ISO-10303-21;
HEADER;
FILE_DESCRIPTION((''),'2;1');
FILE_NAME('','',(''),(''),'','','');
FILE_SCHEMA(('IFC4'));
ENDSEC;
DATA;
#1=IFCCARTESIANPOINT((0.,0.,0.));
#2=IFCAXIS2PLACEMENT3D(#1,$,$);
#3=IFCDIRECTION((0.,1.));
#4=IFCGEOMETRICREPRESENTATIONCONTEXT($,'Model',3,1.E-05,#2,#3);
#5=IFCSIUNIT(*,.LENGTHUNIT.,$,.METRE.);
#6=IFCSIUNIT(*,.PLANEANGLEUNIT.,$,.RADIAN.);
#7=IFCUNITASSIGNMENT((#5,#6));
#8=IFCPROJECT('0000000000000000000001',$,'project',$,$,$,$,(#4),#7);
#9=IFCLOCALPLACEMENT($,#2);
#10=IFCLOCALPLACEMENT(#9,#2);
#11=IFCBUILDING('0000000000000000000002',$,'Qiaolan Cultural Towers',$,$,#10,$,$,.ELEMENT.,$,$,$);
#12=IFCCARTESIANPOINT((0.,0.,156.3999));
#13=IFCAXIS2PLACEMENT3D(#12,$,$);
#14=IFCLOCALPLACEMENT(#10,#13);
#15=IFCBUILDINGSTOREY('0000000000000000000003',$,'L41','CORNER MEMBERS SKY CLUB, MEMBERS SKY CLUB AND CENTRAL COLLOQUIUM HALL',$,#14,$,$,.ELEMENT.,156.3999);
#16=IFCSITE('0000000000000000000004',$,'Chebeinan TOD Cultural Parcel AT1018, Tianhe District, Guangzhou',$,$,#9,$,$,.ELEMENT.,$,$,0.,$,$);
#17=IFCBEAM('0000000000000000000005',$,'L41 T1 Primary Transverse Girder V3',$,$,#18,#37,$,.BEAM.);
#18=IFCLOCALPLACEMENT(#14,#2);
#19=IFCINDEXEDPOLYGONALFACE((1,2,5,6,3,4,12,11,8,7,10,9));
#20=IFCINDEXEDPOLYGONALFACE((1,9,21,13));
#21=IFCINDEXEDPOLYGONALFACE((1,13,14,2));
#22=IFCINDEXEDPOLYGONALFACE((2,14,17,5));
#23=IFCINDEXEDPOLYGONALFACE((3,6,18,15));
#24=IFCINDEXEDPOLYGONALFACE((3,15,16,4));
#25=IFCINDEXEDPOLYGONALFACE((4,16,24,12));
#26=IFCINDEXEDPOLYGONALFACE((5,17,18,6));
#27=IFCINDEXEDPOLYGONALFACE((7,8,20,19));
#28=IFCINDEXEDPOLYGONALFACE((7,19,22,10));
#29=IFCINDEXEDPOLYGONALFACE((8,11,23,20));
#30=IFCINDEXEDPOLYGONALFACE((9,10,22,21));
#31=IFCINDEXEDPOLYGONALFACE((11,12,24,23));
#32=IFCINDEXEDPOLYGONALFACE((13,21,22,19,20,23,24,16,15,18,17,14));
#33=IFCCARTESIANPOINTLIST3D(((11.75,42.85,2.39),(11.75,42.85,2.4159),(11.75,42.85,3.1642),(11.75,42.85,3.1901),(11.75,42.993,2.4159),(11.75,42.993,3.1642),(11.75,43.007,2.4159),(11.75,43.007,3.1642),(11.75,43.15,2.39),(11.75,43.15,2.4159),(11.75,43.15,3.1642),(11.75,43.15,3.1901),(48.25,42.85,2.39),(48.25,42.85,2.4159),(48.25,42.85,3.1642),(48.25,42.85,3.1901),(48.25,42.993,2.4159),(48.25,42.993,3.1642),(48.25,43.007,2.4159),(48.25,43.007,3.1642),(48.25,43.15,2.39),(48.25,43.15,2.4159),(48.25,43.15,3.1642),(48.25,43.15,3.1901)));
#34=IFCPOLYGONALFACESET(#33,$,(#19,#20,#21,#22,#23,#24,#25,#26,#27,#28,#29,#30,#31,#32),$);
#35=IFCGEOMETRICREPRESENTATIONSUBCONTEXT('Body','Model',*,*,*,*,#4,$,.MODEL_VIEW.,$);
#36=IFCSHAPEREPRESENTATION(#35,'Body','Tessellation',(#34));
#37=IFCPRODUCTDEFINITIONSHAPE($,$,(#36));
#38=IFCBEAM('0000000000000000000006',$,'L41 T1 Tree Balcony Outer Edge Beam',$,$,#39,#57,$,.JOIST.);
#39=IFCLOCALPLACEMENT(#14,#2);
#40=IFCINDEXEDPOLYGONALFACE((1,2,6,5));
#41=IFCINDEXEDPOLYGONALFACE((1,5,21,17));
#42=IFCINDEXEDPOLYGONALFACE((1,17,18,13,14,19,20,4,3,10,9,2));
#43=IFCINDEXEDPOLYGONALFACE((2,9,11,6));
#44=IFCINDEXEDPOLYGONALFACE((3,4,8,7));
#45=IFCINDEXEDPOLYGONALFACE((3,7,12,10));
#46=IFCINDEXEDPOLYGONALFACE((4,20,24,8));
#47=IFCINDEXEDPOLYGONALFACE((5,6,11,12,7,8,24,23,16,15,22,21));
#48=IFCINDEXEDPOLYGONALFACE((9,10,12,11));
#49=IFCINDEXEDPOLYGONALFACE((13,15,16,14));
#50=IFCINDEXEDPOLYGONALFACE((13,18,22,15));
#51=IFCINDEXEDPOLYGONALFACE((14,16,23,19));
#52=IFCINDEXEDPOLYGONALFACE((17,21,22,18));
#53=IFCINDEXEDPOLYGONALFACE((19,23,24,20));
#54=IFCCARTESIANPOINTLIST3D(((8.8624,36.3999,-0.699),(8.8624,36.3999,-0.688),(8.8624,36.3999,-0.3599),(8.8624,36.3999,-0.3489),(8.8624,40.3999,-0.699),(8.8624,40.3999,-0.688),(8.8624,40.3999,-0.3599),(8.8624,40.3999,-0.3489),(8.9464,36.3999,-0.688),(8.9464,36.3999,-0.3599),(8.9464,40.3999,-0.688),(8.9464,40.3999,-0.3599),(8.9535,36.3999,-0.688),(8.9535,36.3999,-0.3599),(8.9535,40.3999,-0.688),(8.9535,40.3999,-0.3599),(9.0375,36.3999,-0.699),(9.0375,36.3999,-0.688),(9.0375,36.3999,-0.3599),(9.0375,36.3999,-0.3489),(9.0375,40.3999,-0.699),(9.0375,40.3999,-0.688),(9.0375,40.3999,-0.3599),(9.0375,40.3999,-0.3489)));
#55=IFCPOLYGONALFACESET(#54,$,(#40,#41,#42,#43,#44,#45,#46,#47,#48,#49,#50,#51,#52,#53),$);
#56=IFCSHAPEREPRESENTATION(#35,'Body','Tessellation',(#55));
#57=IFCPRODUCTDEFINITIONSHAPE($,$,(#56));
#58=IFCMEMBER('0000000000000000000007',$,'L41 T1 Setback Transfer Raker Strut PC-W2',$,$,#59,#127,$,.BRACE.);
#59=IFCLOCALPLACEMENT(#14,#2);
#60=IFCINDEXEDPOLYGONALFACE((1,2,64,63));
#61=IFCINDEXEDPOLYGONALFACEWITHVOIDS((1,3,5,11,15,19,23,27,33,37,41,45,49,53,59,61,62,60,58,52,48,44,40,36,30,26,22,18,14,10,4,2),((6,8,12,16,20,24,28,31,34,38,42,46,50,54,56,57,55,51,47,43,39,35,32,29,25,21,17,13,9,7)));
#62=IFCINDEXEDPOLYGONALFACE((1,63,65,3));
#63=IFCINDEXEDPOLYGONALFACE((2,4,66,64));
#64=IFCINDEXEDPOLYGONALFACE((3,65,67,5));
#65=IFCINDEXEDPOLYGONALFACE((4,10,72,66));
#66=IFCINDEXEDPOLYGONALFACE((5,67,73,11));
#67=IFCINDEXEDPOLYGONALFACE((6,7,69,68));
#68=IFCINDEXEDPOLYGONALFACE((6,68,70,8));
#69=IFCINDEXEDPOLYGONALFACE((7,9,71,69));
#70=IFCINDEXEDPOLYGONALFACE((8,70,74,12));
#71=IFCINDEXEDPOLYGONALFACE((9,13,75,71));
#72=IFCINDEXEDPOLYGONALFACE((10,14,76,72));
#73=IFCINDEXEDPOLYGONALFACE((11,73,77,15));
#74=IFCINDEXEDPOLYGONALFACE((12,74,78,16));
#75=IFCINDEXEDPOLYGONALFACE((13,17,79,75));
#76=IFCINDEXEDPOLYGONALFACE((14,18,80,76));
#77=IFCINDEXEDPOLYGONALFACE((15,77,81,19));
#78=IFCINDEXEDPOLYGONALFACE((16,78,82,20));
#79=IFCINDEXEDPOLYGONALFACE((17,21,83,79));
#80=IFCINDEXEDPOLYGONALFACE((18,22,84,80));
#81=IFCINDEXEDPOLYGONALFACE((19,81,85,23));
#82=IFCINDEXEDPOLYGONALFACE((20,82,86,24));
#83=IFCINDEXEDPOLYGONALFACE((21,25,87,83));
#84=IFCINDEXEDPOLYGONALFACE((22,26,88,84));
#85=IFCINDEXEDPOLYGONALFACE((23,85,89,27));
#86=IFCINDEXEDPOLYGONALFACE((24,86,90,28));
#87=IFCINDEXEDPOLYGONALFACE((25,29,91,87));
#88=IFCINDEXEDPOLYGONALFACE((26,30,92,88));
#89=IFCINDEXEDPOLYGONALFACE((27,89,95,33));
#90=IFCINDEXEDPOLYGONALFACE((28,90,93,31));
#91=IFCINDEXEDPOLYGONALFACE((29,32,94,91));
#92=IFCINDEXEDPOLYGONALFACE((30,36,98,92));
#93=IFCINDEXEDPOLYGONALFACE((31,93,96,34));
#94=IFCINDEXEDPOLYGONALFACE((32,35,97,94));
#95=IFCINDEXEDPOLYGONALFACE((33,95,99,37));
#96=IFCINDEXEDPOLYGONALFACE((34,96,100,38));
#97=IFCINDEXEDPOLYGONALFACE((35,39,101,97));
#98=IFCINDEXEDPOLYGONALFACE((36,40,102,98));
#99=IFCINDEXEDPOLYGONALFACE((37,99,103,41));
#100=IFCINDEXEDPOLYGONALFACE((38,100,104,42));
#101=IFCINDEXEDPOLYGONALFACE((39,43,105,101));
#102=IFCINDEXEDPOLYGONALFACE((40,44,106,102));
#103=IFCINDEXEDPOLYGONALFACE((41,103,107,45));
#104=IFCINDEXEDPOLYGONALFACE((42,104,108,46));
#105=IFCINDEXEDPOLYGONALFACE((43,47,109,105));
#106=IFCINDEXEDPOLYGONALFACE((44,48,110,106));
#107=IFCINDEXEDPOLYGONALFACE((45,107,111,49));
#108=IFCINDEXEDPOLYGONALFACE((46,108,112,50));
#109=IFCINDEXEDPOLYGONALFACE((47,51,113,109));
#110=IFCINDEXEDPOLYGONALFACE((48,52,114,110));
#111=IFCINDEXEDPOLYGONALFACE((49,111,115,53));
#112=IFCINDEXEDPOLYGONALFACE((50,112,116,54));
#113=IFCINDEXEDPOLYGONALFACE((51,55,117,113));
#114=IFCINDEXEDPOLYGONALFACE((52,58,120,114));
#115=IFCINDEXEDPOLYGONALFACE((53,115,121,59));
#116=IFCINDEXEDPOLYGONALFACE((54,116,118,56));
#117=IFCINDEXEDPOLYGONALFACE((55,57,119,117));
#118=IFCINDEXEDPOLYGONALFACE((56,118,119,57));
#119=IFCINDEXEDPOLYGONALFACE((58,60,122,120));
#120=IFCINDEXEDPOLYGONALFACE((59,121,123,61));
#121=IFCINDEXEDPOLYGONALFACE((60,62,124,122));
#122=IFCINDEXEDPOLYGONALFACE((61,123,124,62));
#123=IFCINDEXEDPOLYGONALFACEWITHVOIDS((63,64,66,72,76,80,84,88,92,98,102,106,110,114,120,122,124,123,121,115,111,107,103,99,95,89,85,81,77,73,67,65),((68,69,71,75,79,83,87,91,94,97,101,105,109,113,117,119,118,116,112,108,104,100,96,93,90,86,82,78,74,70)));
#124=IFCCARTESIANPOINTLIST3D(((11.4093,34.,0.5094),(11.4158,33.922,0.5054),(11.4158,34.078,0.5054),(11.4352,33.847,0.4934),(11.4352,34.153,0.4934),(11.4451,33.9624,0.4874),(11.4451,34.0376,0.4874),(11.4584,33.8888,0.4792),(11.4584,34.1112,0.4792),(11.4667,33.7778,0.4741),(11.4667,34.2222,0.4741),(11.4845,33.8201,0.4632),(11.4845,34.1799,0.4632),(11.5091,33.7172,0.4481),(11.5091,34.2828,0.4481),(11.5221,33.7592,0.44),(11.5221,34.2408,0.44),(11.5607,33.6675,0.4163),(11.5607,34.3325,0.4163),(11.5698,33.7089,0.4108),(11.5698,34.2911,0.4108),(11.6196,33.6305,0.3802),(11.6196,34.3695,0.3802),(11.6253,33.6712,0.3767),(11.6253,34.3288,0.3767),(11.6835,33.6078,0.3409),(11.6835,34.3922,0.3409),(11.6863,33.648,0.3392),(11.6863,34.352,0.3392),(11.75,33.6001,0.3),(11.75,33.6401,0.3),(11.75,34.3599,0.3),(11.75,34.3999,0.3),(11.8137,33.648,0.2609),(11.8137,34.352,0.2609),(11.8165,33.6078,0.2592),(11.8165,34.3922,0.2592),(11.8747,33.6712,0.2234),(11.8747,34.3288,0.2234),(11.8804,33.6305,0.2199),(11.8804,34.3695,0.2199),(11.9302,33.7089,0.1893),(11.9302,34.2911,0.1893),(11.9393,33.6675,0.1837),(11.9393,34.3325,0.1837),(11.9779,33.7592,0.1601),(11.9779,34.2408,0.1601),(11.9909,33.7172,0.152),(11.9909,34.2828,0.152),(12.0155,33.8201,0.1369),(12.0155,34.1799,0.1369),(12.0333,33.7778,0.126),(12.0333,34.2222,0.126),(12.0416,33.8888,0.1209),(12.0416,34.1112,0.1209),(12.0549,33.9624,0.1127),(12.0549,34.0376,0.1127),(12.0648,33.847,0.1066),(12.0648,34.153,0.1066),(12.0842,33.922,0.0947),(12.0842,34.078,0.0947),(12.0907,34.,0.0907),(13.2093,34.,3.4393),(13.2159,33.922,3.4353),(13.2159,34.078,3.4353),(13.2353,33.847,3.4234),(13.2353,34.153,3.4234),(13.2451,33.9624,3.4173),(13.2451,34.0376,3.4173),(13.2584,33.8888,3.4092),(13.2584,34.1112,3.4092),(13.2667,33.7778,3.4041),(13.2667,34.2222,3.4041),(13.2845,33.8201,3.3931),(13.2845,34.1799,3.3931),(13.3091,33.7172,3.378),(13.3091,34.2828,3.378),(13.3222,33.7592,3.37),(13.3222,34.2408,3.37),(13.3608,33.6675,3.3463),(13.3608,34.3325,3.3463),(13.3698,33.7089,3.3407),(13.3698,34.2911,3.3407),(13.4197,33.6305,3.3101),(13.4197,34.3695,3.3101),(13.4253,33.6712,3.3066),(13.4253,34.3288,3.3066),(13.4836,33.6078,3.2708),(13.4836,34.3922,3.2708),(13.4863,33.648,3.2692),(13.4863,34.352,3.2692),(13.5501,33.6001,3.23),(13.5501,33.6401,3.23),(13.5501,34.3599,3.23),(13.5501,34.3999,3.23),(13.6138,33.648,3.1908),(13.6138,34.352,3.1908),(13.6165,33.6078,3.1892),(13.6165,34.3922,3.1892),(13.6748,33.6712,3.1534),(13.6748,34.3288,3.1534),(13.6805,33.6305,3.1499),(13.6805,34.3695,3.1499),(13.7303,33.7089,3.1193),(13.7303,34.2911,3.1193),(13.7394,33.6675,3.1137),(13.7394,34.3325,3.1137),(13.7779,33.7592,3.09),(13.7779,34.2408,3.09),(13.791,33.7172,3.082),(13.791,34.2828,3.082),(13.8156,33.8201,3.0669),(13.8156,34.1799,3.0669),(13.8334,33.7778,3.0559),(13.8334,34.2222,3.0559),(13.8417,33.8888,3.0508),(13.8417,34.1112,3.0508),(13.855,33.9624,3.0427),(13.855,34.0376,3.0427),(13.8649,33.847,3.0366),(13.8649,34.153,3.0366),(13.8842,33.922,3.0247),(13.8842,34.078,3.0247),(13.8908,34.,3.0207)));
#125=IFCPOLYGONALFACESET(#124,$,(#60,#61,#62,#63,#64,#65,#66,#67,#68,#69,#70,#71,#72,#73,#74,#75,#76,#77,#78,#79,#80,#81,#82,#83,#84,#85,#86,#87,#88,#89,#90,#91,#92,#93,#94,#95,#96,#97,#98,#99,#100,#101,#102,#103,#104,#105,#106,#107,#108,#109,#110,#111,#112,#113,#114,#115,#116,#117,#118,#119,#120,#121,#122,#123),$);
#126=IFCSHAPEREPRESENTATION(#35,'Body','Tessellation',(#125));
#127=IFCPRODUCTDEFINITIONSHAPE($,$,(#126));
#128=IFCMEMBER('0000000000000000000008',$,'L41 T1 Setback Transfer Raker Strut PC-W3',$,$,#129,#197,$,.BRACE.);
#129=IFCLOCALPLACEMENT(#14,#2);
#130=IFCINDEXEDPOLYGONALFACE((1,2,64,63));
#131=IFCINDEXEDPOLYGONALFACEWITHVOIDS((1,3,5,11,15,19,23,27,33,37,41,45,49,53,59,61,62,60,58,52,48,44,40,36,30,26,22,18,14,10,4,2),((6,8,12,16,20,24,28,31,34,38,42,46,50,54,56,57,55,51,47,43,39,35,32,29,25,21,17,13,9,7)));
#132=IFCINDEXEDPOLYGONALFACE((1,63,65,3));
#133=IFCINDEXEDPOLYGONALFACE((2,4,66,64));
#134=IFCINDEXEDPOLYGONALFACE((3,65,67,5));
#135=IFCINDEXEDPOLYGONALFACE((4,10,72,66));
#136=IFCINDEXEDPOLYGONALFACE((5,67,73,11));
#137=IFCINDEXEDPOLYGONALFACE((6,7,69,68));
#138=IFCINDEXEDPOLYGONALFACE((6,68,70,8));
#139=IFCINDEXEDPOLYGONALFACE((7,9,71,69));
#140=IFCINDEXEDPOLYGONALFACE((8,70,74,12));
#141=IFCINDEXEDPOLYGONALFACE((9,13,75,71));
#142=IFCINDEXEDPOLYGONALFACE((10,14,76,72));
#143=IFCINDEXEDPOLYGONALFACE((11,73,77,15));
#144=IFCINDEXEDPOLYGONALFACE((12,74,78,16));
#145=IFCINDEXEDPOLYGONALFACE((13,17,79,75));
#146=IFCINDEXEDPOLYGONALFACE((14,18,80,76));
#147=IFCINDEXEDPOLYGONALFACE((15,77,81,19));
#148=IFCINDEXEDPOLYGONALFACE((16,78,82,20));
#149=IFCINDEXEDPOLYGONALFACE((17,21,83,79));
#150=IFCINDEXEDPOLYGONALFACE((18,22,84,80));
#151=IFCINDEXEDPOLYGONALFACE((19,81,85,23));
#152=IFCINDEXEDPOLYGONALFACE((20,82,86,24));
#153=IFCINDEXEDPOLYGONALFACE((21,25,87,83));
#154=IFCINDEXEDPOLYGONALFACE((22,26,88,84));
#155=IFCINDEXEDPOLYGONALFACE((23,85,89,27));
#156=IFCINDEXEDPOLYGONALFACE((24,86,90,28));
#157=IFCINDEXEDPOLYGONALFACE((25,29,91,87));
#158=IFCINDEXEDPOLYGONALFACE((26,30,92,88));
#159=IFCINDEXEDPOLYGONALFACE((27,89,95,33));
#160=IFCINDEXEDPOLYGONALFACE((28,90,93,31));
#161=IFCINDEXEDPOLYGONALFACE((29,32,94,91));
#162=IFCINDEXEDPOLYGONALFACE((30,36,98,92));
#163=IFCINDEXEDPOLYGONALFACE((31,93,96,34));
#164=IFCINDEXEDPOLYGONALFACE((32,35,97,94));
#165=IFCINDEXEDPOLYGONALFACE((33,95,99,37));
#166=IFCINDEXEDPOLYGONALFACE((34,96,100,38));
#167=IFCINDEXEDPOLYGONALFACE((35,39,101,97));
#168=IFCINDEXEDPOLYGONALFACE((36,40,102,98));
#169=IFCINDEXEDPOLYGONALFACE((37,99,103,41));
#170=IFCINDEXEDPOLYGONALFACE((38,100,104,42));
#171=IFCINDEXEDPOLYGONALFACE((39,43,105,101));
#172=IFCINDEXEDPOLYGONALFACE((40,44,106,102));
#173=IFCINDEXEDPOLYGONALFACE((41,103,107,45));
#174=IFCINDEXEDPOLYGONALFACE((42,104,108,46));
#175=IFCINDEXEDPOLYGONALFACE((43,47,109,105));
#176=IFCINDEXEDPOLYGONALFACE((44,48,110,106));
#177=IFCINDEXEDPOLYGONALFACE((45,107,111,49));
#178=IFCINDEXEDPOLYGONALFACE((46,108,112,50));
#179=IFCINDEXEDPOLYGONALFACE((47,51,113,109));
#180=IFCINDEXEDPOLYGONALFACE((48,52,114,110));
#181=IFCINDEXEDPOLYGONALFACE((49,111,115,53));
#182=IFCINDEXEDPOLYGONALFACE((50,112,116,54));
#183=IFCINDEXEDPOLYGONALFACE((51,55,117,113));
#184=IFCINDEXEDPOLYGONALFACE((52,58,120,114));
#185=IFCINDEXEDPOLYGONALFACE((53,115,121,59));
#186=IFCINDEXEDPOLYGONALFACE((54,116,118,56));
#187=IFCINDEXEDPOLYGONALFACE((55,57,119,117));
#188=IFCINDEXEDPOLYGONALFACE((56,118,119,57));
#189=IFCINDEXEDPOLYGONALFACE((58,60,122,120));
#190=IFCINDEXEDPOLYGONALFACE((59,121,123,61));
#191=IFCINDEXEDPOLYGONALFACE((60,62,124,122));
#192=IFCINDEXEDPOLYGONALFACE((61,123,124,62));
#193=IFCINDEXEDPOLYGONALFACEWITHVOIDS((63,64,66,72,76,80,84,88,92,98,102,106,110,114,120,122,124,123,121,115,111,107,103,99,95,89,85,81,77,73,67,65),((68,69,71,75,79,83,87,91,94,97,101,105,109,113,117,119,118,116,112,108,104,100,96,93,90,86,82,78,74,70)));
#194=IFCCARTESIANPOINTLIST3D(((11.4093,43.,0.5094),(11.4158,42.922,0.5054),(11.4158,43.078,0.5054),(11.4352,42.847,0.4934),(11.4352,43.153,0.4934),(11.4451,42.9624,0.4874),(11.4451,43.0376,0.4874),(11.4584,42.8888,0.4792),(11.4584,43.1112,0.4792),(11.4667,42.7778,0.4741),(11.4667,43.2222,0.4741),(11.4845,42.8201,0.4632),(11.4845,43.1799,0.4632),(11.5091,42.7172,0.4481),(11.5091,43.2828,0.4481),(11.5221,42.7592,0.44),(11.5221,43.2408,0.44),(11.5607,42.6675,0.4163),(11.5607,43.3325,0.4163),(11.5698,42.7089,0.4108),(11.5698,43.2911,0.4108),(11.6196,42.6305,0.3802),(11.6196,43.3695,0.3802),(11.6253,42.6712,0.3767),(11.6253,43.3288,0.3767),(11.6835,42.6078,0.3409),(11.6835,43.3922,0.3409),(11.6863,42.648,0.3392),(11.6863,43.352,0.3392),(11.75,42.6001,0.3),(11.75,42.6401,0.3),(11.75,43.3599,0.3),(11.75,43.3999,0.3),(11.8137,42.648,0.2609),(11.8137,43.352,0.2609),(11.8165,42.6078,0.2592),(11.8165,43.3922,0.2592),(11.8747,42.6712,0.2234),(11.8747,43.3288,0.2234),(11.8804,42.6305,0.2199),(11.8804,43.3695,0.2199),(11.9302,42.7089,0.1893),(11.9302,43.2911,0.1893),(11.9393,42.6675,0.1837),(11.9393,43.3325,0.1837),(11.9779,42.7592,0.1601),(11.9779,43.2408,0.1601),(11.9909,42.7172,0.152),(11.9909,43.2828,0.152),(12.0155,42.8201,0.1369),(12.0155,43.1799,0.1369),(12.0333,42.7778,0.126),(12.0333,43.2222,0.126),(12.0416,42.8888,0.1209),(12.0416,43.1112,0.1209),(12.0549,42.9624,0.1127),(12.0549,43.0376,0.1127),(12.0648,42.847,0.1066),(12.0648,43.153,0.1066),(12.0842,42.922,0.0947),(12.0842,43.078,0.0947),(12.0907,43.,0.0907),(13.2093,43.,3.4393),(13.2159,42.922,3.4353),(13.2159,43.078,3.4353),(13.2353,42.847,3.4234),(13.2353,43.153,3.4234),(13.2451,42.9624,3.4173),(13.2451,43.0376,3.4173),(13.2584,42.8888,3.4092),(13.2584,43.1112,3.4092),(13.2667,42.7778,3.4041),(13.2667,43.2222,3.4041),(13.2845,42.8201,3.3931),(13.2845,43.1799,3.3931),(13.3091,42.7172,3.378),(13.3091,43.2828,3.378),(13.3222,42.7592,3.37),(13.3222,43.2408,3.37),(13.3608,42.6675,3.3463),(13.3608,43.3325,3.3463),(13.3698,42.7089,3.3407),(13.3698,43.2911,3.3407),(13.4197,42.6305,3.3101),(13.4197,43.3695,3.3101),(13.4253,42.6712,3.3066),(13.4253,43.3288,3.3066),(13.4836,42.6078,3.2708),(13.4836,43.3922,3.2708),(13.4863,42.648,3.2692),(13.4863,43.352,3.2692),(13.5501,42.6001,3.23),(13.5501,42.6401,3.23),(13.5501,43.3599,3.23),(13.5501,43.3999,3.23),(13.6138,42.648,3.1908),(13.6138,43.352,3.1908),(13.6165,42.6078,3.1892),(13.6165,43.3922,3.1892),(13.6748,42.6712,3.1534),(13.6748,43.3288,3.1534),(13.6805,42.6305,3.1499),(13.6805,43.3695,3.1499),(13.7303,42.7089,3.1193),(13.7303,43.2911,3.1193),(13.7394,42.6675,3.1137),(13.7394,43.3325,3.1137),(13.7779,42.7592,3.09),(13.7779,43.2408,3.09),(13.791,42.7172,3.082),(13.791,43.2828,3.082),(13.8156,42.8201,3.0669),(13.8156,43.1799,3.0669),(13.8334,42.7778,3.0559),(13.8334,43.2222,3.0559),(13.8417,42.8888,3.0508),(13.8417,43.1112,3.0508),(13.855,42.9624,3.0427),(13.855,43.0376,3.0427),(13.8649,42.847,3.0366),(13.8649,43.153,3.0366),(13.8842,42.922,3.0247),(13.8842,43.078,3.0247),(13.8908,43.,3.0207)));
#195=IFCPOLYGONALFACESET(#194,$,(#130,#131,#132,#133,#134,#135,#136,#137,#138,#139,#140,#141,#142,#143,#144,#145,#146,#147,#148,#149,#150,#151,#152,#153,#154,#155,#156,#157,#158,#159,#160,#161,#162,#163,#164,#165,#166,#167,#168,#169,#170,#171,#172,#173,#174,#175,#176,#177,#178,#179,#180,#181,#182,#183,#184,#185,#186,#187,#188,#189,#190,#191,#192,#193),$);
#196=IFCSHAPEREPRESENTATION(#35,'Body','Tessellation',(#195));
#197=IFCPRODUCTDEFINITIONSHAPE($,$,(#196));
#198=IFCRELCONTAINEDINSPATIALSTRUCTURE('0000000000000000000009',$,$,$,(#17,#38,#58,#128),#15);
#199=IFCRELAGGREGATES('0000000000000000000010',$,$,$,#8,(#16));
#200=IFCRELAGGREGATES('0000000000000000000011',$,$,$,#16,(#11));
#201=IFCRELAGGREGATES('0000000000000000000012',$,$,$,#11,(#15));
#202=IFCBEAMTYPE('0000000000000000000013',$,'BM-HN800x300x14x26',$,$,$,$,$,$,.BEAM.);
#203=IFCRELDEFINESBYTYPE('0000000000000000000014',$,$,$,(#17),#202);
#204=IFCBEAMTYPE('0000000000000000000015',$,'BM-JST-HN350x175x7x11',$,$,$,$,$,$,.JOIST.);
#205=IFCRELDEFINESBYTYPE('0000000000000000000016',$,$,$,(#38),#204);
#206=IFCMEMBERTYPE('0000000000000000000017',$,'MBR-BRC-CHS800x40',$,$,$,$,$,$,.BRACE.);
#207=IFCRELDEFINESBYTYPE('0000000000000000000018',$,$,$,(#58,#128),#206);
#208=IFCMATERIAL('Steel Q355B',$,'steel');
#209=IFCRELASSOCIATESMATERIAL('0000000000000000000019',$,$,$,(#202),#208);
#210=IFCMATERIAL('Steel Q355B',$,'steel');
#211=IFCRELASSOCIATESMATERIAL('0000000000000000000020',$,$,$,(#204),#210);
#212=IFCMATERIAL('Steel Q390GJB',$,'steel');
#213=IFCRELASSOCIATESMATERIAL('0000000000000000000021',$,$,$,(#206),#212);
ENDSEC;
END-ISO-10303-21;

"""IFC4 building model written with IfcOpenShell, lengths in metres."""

from ifc_helpers import new_model, si_unit, direction, frame, origin, origin_2d, place, context, subcontext, project, spatial, hollow_circle, i_section, extrude, material, material_profile, profile_set, type_object, element, save


model = new_model("IFC4")

# Units and contexts
model_context = context("Model", 3, precision=1e-05, world=origin(), true_north=direction((0.0, 1.0)))
body_context = subcontext(model_context, "Body", "Model", "MODEL_VIEW")
ifc_project = project(units=[si_unit("LENGTHUNIT", "METRE"), si_unit("PLANEANGLEUNIT", "RADIAN")], contexts=[model_context])

# Site, building, storey
site_placement = place(None, origin())
site = spatial("IfcSite", under=ifc_project, at=site_placement, Name="Chebeinan TOD Cultural Parcel AT1018, Tianhe District, Guangzhou", CompositionType="ELEMENT", RefElevation=0.0)
building_placement = place(site_placement, origin())
building = spatial("IfcBuilding", under=site, at=building_placement, Name="Qiaolan Cultural Towers", CompositionType="ELEMENT")
storey_placement = place(building_placement, frame((0.0, 0.0, 156.3999)))
storey = spatial("IfcBuildingStorey", under=building, at=storey_placement, Name="L41", Description="CORNER MEMBERS SKY CLUB, MEMBERS SKY CLUB AND CENTRAL COLLOQUIUM HALL", CompositionType="ELEMENT", Elevation=156.3999)

# Beams
ifc_material_1 = material(Name="Steel Q355B", Category="steel")
ifc_material_profile_1 = material_profile(ifc_material_1, i_section(OverallWidth=0.3, OverallDepth=0.8, WebThickness=0.0139, FlangeThickness=0.0259, at=origin_2d()), Name="HN800x300x14x26")
ifc_profile_set_1 = profile_set([ifc_material_profile_1], Name="Steel Q355B")
beam_type_1 = type_object("IfcBeamType", Name="BM-HN800x300x14x26", PredefinedType="BEAM", material=ifc_profile_set_1)
for number, where, z_axis, x_axis, name in (
    (1, (11.75, 43.0, 2.79), (1.0, 0.0, 0.0), (0.0, 1.0, 0.0), "L41 T1 Primary Transverse Girder V3"),
):
    element("IfcBeam", number, at=place(storey_placement, frame(where, z_axis=z_axis, x_axis=x_axis)), inside=storey, type_object=beam_type_1, Name=name, PredefinedType="BEAM", context=body_context, shape_type="SweptSolid", body=[
        extrude(i_section(OverallWidth=0.3, OverallDepth=0.8, WebThickness=0.0139, FlangeThickness=0.0259, at=origin_2d()), origin(), (0.0, 0.0, 1.0), 36.5),
    ])
ifc_material_2 = material(Name="Steel Q355B", Category="steel")
ifc_material_profile_2 = material_profile(ifc_material_2, i_section(OverallWidth=0.175, OverallDepth=0.3501, WebThickness=0.0071, FlangeThickness=0.011, at=origin_2d()), Name="HN350x175x7x11")
ifc_profile_set_2 = profile_set([ifc_material_profile_2], Name="Steel Q355B")
beam_type_2 = type_object("IfcBeamType", Name="BM-JST-HN350x175x7x11", PredefinedType="JOIST", material=ifc_profile_set_2)
beam_1_placement = place(storey_placement, frame((8.95, 36.3999, -0.5239), z_axis=(0.0, 1.0, 0.0), x_axis=(-1.0, 0.0, 0.0)))
element("IfcBeam", 2, at=beam_1_placement, inside=storey, type_object=beam_type_2, Name="L41 T1 Tree Balcony Outer Edge Beam", PredefinedType="JOIST", context=body_context, shape_type="SweptSolid", body=[
    extrude(i_section(OverallWidth=0.175, OverallDepth=0.3501, WebThickness=0.0071, FlangeThickness=0.011, at=origin_2d()), origin(), (0.0, 0.0, 1.0), 4.0),
])

# Members
ifc_material_3 = material(Name="Steel Q390GJB", Category="steel")
ifc_material_profile_3 = material_profile(ifc_material_3, hollow_circle(Radius=0.3999, WallThickness=0.04, at=origin_2d()), Name="CHS800x40")
ifc_profile_set_3 = profile_set([ifc_material_profile_3], Name="Steel Q390GJB")
member_type = type_object("IfcMemberType", Name="MBR-BRC-CHS800x40", PredefinedType="BRACE", material=ifc_profile_set_3)
for number, where, z_axis, x_axis, name in (
    (3, (11.75, 34.0, 0.3), (0.523467, 0.0, 0.852046), (0.0, 1.0, 0.0), "L41 T1 Setback Transfer Raker Strut PC-W2"),
    (4, (11.75, 43.0, 0.3), (0.523467, 0.0, 0.852046), (0.0, 1.0, 0.0), "L41 T1 Setback Transfer Raker Strut PC-W3"),
):
    element("IfcMember", number, at=place(storey_placement, frame(where, z_axis=z_axis, x_axis=x_axis)), inside=storey, type_object=member_type, Name=name, PredefinedType="BRACE", context=body_context, shape_type="SweptSolid", body=[
        extrude(hollow_circle(Radius=0.3999, WallThickness=0.04, at=origin_2d()), origin(), (0.0, 0.0, 1.0), 3.4387),
    ])

save(model, "model.ifc")
